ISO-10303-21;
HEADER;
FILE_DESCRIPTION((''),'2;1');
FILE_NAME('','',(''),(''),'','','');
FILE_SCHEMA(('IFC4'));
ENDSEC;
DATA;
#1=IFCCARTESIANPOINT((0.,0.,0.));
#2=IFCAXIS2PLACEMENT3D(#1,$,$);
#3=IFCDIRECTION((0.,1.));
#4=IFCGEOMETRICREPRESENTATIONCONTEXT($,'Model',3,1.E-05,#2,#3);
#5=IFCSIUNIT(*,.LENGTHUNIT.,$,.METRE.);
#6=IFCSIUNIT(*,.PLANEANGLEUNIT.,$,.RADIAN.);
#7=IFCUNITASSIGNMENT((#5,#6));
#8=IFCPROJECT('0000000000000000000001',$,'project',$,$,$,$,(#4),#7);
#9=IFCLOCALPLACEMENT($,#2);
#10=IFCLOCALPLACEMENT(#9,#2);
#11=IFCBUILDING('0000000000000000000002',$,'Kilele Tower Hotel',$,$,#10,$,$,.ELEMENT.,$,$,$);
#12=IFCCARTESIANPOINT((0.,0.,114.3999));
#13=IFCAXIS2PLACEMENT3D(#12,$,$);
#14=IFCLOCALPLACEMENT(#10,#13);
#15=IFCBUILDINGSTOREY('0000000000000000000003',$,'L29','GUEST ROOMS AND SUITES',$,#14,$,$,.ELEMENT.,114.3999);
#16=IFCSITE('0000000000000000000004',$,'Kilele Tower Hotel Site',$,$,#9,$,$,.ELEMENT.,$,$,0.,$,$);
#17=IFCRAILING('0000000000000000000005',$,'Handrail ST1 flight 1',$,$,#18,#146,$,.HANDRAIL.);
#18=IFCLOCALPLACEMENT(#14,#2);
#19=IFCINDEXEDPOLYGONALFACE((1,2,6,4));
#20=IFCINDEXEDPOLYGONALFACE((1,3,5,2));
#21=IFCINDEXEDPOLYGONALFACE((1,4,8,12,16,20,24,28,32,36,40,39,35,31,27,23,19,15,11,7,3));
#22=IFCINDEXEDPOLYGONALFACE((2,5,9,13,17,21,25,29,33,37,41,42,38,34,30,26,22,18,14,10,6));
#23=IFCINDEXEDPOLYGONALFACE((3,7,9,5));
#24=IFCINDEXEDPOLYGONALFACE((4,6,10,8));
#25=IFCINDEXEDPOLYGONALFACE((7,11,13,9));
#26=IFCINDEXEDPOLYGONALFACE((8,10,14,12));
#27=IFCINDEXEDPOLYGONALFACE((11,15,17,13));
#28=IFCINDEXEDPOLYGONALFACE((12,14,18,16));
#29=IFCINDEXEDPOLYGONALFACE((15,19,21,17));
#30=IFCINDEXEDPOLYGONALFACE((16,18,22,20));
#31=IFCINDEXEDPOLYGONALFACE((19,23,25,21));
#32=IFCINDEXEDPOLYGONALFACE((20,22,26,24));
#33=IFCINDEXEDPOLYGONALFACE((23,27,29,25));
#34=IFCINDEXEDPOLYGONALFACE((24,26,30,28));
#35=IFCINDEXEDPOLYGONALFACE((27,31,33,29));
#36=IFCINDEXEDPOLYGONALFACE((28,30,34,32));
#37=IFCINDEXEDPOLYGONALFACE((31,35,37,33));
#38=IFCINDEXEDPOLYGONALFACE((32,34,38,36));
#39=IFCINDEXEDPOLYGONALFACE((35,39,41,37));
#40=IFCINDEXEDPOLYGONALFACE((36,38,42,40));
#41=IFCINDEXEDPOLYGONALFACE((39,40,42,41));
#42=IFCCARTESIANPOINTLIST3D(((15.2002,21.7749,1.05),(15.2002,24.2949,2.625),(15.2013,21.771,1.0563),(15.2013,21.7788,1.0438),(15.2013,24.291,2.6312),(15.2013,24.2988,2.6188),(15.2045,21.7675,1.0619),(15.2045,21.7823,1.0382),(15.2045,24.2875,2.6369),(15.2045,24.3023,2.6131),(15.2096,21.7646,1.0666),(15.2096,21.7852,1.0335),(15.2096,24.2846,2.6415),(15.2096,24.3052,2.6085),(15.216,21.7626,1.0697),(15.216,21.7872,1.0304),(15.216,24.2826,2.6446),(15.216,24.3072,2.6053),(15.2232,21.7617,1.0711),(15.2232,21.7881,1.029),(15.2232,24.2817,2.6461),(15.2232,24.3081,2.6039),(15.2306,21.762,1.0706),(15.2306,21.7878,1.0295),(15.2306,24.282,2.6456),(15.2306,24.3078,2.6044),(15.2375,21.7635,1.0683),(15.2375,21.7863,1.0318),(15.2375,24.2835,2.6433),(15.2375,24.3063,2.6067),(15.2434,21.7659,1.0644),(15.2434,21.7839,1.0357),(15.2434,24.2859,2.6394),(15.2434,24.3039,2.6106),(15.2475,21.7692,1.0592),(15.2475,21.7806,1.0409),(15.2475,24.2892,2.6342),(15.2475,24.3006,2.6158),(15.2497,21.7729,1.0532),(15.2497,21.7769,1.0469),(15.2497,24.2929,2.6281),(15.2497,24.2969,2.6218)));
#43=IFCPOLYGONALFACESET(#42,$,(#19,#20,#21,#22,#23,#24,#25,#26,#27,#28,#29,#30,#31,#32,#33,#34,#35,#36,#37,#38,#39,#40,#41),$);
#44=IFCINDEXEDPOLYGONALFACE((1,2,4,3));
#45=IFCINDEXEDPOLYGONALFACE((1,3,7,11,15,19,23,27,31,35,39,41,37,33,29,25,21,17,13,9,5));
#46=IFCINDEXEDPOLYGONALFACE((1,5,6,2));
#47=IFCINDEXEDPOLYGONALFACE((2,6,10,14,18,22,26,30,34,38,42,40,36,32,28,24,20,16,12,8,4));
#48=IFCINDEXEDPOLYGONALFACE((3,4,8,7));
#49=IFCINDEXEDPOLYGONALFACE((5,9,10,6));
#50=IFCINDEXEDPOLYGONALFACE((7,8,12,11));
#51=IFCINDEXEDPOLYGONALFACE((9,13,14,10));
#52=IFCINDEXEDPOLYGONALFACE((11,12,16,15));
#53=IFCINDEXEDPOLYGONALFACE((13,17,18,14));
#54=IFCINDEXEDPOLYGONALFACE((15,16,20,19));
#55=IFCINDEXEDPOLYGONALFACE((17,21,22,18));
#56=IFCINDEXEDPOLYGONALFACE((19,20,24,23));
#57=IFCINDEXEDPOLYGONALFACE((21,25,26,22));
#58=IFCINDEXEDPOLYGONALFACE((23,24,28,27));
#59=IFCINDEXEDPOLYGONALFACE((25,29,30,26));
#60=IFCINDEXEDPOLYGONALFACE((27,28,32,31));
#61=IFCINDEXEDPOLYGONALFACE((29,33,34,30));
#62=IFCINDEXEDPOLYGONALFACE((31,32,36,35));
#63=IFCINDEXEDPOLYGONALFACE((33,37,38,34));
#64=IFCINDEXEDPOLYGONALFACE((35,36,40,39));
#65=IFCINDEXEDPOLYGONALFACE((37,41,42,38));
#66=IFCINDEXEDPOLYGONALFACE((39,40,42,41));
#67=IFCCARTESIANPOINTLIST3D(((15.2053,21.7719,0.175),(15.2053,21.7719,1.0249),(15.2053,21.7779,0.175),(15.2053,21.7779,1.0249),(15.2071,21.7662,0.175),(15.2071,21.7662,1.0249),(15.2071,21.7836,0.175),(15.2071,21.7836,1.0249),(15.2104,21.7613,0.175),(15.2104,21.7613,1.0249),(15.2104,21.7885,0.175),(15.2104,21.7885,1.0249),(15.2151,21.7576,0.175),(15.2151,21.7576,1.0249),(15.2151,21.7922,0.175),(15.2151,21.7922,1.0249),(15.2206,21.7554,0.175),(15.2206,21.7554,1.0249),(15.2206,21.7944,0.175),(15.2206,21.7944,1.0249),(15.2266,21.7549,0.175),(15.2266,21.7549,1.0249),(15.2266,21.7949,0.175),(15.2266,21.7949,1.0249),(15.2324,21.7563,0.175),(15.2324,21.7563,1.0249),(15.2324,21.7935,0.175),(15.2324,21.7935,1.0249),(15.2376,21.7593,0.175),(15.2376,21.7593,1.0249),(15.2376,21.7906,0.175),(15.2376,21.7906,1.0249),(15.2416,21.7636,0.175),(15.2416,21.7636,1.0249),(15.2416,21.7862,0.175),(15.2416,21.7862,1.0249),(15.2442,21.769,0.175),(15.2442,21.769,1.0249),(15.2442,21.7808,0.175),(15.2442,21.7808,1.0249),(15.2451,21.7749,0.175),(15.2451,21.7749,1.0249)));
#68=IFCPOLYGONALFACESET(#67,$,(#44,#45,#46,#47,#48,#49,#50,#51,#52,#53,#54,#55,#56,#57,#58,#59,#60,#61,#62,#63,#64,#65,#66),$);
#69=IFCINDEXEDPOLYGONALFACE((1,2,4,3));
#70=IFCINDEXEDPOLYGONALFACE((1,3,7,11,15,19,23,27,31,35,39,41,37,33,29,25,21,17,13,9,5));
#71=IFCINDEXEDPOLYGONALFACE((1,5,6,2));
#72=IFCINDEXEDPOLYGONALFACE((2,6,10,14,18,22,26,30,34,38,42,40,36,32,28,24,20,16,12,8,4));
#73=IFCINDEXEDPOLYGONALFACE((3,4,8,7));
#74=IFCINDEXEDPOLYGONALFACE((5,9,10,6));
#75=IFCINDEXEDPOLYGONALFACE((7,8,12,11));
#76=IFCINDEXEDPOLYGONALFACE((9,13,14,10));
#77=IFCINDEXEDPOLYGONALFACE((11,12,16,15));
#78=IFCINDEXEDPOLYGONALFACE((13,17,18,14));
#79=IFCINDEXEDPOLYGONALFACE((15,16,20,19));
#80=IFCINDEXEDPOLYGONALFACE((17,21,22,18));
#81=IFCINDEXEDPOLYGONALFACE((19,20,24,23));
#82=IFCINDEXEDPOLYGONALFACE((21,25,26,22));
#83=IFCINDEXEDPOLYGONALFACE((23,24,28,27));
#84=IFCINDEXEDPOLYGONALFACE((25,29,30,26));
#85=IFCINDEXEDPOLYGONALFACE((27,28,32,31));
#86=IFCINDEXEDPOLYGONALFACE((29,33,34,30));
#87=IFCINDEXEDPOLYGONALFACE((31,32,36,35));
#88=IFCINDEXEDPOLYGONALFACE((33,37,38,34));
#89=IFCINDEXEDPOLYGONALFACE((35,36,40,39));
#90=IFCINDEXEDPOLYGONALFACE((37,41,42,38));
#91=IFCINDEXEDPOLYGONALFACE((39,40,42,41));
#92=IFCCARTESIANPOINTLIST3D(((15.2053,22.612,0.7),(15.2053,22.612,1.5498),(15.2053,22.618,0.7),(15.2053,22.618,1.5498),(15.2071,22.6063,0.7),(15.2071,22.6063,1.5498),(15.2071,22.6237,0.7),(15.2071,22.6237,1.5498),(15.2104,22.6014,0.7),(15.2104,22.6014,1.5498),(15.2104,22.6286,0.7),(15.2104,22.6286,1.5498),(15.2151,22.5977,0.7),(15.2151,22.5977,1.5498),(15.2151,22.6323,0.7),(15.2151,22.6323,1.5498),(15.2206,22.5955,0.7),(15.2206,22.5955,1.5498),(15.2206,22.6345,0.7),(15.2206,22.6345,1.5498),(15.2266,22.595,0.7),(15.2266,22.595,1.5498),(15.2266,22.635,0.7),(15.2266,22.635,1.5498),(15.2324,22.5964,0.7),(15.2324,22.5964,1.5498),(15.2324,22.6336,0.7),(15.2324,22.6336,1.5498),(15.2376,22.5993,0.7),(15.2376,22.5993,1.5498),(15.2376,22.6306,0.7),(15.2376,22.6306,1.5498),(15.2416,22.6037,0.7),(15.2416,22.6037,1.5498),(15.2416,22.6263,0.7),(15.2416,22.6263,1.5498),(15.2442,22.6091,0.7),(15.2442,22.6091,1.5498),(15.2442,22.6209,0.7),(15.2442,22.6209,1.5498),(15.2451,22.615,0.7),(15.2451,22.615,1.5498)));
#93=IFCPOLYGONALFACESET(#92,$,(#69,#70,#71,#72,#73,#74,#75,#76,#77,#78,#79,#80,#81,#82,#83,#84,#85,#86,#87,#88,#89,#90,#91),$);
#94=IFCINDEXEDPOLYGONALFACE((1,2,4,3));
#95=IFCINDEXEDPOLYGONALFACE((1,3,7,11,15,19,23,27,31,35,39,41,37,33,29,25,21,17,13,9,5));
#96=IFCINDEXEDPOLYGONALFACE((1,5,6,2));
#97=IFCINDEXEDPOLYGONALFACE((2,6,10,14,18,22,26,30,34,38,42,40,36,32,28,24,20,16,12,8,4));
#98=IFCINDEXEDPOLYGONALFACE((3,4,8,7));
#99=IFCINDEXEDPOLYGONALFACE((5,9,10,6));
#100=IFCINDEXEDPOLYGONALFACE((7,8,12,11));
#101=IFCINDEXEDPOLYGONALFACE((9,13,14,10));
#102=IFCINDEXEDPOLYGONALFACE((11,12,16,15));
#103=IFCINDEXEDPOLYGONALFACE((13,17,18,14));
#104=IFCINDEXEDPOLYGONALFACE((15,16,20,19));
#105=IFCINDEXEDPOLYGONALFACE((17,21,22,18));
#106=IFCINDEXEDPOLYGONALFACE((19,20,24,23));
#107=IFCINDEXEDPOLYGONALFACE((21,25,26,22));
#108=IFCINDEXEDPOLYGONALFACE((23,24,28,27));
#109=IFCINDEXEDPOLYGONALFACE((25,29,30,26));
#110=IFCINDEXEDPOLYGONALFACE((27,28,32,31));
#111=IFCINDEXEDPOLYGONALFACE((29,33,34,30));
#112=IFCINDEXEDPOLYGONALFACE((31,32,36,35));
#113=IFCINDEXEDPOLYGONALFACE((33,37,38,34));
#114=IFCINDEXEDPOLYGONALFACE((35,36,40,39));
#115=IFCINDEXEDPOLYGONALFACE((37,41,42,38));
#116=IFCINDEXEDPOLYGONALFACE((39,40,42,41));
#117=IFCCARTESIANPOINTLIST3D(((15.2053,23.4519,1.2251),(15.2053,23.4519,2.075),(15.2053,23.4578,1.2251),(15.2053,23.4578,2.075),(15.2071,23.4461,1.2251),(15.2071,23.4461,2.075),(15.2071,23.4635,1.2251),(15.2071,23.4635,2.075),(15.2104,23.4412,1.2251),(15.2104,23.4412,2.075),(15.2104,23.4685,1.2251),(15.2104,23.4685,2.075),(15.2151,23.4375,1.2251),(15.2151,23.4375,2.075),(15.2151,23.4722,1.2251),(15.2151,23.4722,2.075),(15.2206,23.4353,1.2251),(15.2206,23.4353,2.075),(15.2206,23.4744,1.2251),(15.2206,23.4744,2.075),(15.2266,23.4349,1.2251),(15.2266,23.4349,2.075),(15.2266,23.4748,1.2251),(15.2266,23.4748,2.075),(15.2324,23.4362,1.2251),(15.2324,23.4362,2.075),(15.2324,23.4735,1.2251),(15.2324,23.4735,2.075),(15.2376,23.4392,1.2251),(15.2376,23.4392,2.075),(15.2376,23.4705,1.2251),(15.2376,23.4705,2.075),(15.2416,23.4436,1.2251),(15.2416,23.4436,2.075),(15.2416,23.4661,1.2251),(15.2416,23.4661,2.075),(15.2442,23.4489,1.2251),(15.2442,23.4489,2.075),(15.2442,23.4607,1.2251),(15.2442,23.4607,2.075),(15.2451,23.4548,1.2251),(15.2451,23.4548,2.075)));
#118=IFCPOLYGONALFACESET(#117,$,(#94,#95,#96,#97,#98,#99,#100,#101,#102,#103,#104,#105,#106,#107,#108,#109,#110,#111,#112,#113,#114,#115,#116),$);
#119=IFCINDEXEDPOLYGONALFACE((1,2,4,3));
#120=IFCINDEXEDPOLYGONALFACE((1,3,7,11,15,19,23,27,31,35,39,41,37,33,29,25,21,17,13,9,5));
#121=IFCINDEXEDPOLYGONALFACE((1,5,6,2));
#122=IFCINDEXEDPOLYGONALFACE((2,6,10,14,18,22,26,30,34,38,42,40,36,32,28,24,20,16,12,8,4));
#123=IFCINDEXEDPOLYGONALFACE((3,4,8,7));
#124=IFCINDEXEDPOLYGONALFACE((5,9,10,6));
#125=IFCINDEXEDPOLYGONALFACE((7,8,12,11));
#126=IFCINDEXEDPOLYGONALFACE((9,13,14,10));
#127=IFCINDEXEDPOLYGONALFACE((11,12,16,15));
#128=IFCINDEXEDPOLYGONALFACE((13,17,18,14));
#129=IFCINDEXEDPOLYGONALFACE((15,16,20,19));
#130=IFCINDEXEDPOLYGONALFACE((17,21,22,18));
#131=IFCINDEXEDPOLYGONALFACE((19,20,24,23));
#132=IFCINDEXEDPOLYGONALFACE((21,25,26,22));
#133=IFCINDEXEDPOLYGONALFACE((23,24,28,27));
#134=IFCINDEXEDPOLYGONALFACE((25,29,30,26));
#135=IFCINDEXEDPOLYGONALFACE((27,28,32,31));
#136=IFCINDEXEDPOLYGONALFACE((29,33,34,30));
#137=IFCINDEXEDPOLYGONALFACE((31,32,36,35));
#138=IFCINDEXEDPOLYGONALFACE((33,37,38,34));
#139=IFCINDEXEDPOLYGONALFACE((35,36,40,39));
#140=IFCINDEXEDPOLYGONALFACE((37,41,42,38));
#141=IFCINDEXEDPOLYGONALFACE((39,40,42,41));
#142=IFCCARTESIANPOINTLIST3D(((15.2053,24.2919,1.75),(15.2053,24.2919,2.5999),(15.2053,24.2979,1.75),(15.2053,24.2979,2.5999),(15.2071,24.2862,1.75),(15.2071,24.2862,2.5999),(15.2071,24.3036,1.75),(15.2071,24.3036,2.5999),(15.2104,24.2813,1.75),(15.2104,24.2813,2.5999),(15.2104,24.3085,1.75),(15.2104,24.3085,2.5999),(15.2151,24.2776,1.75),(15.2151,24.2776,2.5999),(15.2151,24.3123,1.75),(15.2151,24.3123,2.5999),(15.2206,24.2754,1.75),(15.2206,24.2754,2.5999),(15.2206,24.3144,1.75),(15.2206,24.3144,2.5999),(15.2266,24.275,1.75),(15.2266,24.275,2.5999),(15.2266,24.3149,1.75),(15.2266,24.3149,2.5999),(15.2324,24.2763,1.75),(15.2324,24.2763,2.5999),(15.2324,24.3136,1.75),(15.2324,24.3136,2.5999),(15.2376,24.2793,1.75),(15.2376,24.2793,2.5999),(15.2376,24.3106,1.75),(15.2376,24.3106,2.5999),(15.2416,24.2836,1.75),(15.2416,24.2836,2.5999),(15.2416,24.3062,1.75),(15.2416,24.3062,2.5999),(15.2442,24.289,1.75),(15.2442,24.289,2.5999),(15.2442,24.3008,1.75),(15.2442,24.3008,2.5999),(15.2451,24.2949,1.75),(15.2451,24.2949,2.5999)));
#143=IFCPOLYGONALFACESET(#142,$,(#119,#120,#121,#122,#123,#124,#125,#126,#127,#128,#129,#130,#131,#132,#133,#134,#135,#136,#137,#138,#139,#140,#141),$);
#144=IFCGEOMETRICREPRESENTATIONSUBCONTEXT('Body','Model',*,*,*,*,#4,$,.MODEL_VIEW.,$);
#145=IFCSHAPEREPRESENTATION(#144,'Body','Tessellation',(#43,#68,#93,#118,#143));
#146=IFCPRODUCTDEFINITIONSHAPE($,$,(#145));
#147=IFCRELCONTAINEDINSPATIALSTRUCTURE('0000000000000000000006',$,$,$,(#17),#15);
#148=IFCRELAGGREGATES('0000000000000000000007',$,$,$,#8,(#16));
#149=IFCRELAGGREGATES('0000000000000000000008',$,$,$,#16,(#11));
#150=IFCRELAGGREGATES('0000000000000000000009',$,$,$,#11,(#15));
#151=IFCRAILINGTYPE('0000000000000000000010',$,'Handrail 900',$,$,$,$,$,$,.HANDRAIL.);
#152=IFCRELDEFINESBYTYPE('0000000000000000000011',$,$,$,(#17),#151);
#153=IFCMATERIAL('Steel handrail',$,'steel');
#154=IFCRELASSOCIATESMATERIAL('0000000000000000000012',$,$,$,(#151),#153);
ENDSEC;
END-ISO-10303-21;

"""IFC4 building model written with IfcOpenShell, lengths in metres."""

from ifc_helpers import new_model, si_unit, direction, frame, origin, origin_2d, place, context, subcontext, project, spatial, circle, extrude, material, type_object, element, save


model = new_model("IFC4")

# Units and contexts
model_context = context("Model", 3, precision=1e-05, world=origin(), true_north=direction((0.0, 1.0)))
body_context = subcontext(model_context, "Body", "Model", "MODEL_VIEW")
ifc_project = project(units=[si_unit("LENGTHUNIT", "METRE"), si_unit("PLANEANGLEUNIT", "RADIAN")], contexts=[model_context])

# Site, building, storey
site_placement = place(None, origin())
site = spatial("IfcSite", under=ifc_project, at=site_placement, Name="Kilele Tower Hotel Site", CompositionType="ELEMENT", RefElevation=0.0)
building_placement = place(site_placement, origin())
building = spatial("IfcBuilding", under=site, at=building_placement, Name="Kilele Tower Hotel", CompositionType="ELEMENT")
storey_placement = place(building_placement, frame((0.0, 0.0, 114.3999)))
storey = spatial("IfcBuildingStorey", under=building, at=storey_placement, Name="L29", Description="GUEST ROOMS AND SUITES", CompositionType="ELEMENT", Elevation=114.3999)

# Railing
ifc_material_1 = material(Name="Steel handrail", Category="steel")
railing_type_1 = type_object("IfcRailingType", Name="Handrail 900", PredefinedType="HANDRAIL", material=ifc_material_1)
for number, where, name in (
    (1, (15.2251, 21.7749, 0.175), "Handrail ST1 flight 1"),
):
    element("IfcRailing", number, at=place(storey_placement, frame(where)), inside=storey, type_object=railing_type_1, Name=name, PredefinedType="HANDRAIL", context=body_context, shape_type="SweptSolid", body=[
        extrude(circle(Radius=0.0249, at=origin_2d()), frame((0.0, 0.0, 0.875), z_axis=(0.0, 0.848008, 0.529984), x_axis=(-1.0, 0.0, 0.0)), (0.0, 0.0, 1.0), 2.9717),
        extrude(circle(Radius=0.02, at=origin_2d()), origin(), (0.0, 0.0, 1.0), 0.8499),
        extrude(circle(Radius=0.02, at=origin_2d()), frame((0.0, 0.8401, 0.5249)), (0.0, 0.0, 1.0), 0.8499),
        extrude(circle(Radius=0.02, at=origin_2d()), frame((0.0, 1.6799, 1.05)), (0.0, 0.0, 1.0), 0.8499),
        extrude(circle(Radius=0.02, at=origin_2d()), frame((0.0, 2.52, 1.575)), (0.0, 0.0, 1.0), 0.8499),
    ])

save(model, "model.ifc")
